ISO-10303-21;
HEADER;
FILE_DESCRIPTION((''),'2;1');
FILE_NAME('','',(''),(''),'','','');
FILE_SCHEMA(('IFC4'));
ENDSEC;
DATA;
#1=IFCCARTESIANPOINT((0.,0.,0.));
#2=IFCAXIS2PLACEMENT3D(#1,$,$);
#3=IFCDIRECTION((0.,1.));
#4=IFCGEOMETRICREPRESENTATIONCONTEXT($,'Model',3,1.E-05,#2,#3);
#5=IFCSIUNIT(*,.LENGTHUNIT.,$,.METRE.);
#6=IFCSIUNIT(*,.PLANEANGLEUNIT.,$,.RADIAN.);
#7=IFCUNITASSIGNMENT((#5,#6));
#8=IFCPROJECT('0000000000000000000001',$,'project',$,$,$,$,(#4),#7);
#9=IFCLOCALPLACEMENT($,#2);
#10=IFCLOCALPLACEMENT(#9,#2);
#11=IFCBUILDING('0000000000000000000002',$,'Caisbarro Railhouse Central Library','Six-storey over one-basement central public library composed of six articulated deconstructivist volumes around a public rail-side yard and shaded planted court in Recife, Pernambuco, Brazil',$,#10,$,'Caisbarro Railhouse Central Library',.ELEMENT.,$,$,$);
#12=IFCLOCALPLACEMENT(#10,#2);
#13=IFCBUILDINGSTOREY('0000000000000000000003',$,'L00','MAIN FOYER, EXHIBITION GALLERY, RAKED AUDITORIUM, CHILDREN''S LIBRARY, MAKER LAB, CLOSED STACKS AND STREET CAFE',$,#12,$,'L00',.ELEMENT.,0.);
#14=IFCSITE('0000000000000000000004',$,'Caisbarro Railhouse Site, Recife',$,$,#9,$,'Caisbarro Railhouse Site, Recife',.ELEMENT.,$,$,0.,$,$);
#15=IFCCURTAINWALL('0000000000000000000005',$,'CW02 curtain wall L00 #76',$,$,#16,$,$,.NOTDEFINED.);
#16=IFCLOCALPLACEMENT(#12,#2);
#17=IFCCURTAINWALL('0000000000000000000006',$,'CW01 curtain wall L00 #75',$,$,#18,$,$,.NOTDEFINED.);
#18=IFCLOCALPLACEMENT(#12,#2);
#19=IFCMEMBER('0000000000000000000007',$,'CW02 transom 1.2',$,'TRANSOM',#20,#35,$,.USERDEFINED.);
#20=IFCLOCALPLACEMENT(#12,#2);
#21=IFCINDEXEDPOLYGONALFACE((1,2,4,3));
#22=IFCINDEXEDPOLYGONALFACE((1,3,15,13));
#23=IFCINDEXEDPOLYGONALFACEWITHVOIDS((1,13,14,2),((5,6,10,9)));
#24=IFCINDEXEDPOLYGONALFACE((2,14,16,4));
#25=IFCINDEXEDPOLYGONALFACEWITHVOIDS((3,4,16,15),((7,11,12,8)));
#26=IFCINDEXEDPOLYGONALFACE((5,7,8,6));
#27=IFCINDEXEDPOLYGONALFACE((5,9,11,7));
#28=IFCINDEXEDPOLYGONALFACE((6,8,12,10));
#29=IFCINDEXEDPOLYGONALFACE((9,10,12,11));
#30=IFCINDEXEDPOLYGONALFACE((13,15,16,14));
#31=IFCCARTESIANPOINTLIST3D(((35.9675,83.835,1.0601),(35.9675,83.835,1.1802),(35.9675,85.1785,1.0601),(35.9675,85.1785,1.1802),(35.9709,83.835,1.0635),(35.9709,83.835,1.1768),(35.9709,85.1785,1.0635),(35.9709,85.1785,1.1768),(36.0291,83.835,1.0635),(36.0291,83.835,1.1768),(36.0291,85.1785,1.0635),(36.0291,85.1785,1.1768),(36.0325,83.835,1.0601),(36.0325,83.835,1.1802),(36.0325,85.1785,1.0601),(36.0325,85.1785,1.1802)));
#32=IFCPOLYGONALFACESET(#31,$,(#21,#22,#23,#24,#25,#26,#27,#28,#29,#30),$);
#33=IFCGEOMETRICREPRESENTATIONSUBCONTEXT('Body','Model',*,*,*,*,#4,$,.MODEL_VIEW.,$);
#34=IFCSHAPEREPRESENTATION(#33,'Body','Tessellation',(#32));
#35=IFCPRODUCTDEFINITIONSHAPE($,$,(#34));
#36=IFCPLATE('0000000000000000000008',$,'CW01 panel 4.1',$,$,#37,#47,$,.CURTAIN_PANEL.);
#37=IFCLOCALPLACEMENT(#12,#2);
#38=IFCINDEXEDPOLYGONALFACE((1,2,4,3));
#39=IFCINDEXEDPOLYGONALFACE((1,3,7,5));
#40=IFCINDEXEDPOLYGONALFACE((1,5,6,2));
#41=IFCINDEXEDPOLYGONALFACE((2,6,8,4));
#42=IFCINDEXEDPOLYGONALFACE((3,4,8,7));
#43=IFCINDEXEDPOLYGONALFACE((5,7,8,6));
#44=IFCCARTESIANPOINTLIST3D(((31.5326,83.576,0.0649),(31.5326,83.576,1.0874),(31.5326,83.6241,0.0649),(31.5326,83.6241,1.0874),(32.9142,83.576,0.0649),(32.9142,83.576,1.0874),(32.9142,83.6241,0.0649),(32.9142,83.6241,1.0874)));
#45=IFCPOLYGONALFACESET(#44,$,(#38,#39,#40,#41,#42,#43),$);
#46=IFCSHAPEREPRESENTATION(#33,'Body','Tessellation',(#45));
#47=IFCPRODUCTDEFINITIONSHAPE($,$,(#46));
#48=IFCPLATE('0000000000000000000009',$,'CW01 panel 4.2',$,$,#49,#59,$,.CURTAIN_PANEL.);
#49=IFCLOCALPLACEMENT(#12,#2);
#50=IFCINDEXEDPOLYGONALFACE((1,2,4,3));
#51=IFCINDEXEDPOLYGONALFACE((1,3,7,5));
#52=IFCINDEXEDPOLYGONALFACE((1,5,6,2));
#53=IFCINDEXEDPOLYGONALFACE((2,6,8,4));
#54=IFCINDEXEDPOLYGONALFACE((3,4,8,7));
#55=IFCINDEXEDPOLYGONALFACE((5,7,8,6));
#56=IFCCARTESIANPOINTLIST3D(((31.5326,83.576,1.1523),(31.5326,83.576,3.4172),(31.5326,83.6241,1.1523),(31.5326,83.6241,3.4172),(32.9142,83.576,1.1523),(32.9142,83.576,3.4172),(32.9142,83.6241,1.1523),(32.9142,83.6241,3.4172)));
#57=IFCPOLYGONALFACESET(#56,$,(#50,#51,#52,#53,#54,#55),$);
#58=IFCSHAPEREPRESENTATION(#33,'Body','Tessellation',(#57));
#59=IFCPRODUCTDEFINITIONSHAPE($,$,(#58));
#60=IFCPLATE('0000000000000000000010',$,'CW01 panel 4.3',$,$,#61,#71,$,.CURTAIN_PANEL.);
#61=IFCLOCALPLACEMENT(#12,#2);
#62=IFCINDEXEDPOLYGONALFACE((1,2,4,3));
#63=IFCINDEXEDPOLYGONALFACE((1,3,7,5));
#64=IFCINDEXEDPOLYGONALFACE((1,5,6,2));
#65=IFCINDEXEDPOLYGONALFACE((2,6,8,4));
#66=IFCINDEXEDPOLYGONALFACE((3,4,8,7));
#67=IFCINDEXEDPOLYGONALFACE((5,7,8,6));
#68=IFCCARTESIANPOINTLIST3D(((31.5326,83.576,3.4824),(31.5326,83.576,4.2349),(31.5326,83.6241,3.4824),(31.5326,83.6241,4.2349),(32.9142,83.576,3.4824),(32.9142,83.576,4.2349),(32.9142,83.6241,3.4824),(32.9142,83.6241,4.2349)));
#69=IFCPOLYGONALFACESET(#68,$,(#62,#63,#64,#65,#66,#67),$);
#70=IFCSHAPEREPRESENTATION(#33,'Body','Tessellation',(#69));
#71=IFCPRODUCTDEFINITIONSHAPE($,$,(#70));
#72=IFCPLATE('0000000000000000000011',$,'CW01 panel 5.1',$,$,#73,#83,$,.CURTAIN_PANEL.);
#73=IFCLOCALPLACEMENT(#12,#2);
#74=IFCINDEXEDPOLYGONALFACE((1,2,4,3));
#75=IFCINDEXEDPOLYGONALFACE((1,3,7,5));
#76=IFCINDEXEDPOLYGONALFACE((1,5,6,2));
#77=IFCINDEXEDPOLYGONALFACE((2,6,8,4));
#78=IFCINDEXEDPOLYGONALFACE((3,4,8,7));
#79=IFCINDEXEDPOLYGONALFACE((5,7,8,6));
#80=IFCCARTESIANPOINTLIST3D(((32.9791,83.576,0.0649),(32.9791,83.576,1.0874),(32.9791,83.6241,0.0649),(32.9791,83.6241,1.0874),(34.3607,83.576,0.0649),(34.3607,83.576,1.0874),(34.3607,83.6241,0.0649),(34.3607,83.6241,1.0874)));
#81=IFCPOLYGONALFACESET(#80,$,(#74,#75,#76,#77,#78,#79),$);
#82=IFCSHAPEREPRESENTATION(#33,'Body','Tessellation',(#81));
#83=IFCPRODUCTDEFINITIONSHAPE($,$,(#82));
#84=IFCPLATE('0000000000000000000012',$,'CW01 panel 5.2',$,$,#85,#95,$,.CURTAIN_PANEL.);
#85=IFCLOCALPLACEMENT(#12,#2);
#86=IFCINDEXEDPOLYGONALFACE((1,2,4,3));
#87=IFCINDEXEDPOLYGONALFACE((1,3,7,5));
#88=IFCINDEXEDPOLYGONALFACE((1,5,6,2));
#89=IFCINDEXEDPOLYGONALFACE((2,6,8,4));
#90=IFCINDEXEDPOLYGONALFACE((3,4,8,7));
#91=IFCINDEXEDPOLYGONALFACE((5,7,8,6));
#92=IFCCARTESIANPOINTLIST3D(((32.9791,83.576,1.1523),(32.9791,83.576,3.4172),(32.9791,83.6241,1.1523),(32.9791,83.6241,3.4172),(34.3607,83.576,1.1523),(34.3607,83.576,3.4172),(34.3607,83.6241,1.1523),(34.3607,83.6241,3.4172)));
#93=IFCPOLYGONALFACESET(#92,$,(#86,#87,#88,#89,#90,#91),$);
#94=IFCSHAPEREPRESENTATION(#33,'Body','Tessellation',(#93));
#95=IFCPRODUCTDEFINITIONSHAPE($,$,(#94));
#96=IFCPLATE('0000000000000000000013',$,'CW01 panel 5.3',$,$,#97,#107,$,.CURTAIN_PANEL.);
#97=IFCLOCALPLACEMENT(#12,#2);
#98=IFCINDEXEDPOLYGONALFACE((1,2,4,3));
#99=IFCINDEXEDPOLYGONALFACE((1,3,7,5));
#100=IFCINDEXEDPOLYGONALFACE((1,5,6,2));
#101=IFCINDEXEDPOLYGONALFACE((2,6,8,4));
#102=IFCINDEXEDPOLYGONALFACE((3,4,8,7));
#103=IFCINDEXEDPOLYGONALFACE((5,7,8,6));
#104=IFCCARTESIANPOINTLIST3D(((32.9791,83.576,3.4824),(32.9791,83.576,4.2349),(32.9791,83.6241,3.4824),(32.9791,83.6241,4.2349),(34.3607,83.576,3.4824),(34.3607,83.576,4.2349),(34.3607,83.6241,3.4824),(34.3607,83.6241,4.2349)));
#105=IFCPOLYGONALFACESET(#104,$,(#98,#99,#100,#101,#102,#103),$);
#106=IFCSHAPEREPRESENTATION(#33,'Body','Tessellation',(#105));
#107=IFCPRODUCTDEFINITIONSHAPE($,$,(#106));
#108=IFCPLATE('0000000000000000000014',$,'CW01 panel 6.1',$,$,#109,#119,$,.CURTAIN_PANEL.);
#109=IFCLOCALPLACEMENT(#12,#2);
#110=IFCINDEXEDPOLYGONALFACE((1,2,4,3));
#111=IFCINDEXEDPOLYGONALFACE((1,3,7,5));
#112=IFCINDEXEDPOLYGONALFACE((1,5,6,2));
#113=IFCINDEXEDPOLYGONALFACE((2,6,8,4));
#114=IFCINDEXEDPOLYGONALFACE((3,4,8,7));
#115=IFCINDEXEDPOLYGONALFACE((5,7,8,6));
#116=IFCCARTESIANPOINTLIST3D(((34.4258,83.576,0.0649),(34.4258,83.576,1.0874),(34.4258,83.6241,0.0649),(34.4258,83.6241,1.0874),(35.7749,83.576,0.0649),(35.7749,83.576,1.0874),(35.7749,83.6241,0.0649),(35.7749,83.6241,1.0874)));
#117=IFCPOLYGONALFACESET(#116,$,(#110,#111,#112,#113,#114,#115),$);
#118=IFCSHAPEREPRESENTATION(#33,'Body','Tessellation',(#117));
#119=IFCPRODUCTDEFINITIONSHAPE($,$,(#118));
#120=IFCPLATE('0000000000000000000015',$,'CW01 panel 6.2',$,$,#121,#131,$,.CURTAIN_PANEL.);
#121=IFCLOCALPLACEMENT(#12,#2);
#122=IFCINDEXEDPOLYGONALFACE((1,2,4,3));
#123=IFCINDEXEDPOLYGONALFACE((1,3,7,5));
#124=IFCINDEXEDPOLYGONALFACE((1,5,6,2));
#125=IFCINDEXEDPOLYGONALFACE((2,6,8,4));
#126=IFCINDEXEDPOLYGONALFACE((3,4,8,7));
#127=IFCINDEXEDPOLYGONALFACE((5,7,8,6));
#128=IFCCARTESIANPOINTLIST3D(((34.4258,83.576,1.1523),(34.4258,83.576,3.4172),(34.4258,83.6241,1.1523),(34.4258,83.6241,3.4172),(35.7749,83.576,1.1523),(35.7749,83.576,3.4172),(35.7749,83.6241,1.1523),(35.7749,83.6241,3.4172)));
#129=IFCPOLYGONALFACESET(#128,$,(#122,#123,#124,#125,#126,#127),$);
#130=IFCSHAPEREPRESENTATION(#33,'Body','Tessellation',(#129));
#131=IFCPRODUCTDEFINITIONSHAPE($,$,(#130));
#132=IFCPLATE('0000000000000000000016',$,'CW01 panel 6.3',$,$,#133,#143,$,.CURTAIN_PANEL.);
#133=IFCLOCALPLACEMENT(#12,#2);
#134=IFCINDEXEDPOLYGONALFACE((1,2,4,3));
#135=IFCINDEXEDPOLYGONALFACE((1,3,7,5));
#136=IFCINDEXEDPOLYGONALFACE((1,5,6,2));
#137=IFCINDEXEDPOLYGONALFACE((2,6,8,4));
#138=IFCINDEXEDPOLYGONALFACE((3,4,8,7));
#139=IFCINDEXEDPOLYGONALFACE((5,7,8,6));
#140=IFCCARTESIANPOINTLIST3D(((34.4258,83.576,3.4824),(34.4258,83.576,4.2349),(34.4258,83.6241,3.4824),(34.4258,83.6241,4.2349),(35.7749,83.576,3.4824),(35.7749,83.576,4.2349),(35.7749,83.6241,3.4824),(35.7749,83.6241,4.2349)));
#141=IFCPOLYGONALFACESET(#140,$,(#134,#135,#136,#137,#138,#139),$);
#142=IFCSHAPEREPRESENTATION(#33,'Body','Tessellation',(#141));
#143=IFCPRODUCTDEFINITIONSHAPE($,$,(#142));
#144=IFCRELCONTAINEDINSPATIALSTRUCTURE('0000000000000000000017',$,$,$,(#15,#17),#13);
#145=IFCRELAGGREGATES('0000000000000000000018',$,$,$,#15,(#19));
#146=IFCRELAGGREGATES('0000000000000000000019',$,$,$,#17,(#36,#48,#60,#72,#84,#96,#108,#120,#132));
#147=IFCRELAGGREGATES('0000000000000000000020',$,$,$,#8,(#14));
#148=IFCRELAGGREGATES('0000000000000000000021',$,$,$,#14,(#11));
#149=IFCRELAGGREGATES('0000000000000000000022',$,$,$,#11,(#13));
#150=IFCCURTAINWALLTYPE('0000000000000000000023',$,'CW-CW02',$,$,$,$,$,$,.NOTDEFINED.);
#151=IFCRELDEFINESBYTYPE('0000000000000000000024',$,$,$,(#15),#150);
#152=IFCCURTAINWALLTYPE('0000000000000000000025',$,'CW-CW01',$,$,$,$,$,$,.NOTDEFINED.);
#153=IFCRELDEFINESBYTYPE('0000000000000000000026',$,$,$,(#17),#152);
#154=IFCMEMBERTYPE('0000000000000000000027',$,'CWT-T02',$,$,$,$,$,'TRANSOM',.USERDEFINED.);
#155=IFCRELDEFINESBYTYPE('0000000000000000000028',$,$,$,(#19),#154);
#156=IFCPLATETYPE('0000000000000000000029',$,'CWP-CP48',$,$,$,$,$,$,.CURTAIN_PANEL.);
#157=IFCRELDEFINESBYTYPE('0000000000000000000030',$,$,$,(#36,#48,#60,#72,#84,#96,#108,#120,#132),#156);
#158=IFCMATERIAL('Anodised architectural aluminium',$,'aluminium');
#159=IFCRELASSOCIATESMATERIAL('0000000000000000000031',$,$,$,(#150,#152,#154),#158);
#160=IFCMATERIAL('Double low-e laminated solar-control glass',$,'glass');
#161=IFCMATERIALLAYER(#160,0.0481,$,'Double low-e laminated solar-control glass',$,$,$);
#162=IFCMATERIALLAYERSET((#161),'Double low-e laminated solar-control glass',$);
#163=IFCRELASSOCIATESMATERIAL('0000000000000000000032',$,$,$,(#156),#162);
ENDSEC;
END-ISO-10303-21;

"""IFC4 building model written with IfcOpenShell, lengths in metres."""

from ifc_helpers import new_model, si_unit, direction, frame, origin, origin_2d, place, context, subcontext, project, spatial, rectangle, hollow_rectangle, extrude, material, layer, layer_set, material_profile, profile_set, type_object, element, aggregate, save


model = new_model("IFC4")

# Units and contexts
model_context = context("Model", 3, precision=1e-05, world=origin(), true_north=direction((0.0, 1.0)))
body_context = subcontext(model_context, "Body", "Model", "MODEL_VIEW")
ifc_project = project(units=[si_unit("LENGTHUNIT", "METRE"), si_unit("PLANEANGLEUNIT", "RADIAN")], contexts=[model_context])

# Site, building, storey
site_placement = place(None, origin())
site = spatial("IfcSite", under=ifc_project, at=site_placement, Name="Caisbarro Railhouse Site, Recife", LongName="Caisbarro Railhouse Site, Recife", CompositionType="ELEMENT", RefElevation=0.0)
building_placement = place(site_placement, origin())
building = spatial("IfcBuilding", under=site, at=building_placement, Name="Caisbarro Railhouse Central Library", Description="Six-storey over one-basement central public library composed of six articulated deconstructivist volumes around a public rail-side yard and shaded planted court in Recife, Pernambuco, Brazil", LongName="Caisbarro Railhouse Central Library", CompositionType="ELEMENT")
storey_placement = place(building_placement, origin())
storey = spatial("IfcBuildingStorey", under=building, at=storey_placement, Name="L00", Description="MAIN FOYER, EXHIBITION GALLERY, RAKED AUDITORIUM, CHILDREN'S LIBRARY, MAKER LAB, CLOSED STACKS AND STREET CAFE", LongName="L00", CompositionType="ELEMENT", Elevation=0.0)

# Curtain wall
ifc_material_1 = material(Name="Anodised architectural aluminium", Category="aluminium")
curtain_wall_type_1 = type_object("IfcCurtainWallType", Name="CW-CW02", PredefinedType="NOTDEFINED", material=ifc_material_1)
curtain_wall_1_placement = place(storey_placement, origin())
curtain_wall_1 = element("IfcCurtainWall", 1, at=curtain_wall_1_placement, inside=storey, type_object=curtain_wall_type_1, Name="CW02 curtain wall L00 #76", PredefinedType="NOTDEFINED")

# Curtain wall
curtain_wall_type_2 = type_object("IfcCurtainWallType", Name="CW-CW01", PredefinedType="NOTDEFINED", material=ifc_material_1)
curtain_wall_2_placement = place(storey_placement, origin())
curtain_wall_2 = element("IfcCurtainWall", 2, at=curtain_wall_2_placement, inside=storey, type_object=curtain_wall_type_2, Name="CW01 curtain wall L00 #75", PredefinedType="NOTDEFINED")
ifc_material_profile_1 = material_profile(ifc_material_1, hollow_rectangle(XDim=0.0649, YDim=0.1201, WallThickness=0.0034, at=origin_2d()), Name="ALU-TRN-65X120")
ifc_profile_set_1 = profile_set([ifc_material_profile_1], Name="Anodised architectural aluminium")
member_type_1 = type_object("IfcMemberType", Name="CWT-T02", ElementType="TRANSOM", PredefinedType="USERDEFINED", material=ifc_profile_set_1)

# Member
member_1_placement = place(storey_placement, frame((36.0, 83.835, 1.1201), z_axis=(0.0, 1.0, 0.0), x_axis=(-1.0, 0.0, 0.0)))
member_1 = element("IfcMember", 3, at=member_1_placement, type_object=member_type_1, Name="CW02 transom 1.2", ObjectType="TRANSOM", PredefinedType="USERDEFINED", context=body_context, shape_type="SweptSolid", body=[
    extrude(hollow_rectangle(XDim=0.0649, YDim=0.1201, WallThickness=0.0034, at=origin_2d()), origin(), (0.0, 0.0, 1.0), 1.3435),
])
aggregate(curtain_wall_1, [member_1])

# Plates
ifc_material_2 = material(Name="Double low-e laminated solar-control glass", Category="glass")
ifc_layer = layer(ifc_material_2, 0.0481, Name="Double low-e laminated solar-control glass")
ifc_layer_set = layer_set([ifc_layer], Name="Double low-e laminated solar-control glass")
plate_type = type_object("IfcPlateType", Name="CWP-CP48", PredefinedType="CURTAIN_PANEL", material=ifc_layer_set)
plate_1_placement = place(storey_placement, frame((32.2234, 83.6001, 0.0649), z_axis=(0.0, 0.0, 1.0), x_axis=(1.0, 0.0, 0.0)))
plate_1 = element("IfcPlate", 4, at=plate_1_placement, type_object=plate_type, Name="CW01 panel 4.1", PredefinedType="CURTAIN_PANEL", context=body_context, shape_type="SweptSolid", body=[
    extrude(rectangle(XDim=1.3816, YDim=0.0481, at=origin_2d()), origin(), (0.0, 0.0, 1.0), 1.0225),
])
plate_2_placement = place(storey_placement, frame((32.2234, 83.6001, 1.1523), z_axis=(0.0, 0.0, 1.0), x_axis=(1.0, 0.0, 0.0)))
plate_2 = element("IfcPlate", 5, at=plate_2_placement, type_object=plate_type, Name="CW01 panel 4.2", PredefinedType="CURTAIN_PANEL", context=body_context, shape_type="SweptSolid", body=[
    extrude(rectangle(XDim=1.3816, YDim=0.0481, at=origin_2d()), origin(), (0.0, 0.0, 1.0), 2.2649),
])
plate_3_placement = place(storey_placement, frame((32.2234, 83.6001, 3.4824), z_axis=(0.0, 0.0, 1.0), x_axis=(1.0, 0.0, 0.0)))
plate_3 = element("IfcPlate", 6, at=plate_3_placement, type_object=plate_type, Name="CW01 panel 4.3", PredefinedType="CURTAIN_PANEL", context=body_context, shape_type="SweptSolid", body=[
    extrude(rectangle(XDim=1.3816, YDim=0.0481, at=origin_2d()), origin(), (0.0, 0.0, 1.0), 0.7524),
])
plate_4_placement = place(storey_placement, frame((33.6699, 83.6001, 0.0649), z_axis=(0.0, 0.0, 1.0), x_axis=(1.0, 0.0, 0.0)))
plate_4 = element("IfcPlate", 7, at=plate_4_placement, type_object=plate_type, Name="CW01 panel 5.1", PredefinedType="CURTAIN_PANEL", context=body_context, shape_type="SweptSolid", body=[
    extrude(rectangle(XDim=1.3816, YDim=0.0481, at=origin_2d()), origin(), (0.0, 0.0, 1.0), 1.0225),
])
plate_5_placement = place(storey_placement, frame((33.6699, 83.6001, 1.1523), z_axis=(0.0, 0.0, 1.0), x_axis=(1.0, 0.0, 0.0)))
plate_5 = element("IfcPlate", 8, at=plate_5_placement, type_object=plate_type, Name="CW01 panel 5.2", PredefinedType="CURTAIN_PANEL", context=body_context, shape_type="SweptSolid", body=[
    extrude(rectangle(XDim=1.3816, YDim=0.0481, at=origin_2d()), origin(), (0.0, 0.0, 1.0), 2.2649),
])
plate_6_placement = place(storey_placement, frame((33.6699, 83.6001, 3.4824), z_axis=(0.0, 0.0, 1.0), x_axis=(1.0, 0.0, 0.0)))
plate_6 = element("IfcPlate", 9, at=plate_6_placement, type_object=plate_type, Name="CW01 panel 5.3", PredefinedType="CURTAIN_PANEL", context=body_context, shape_type="SweptSolid", body=[
    extrude(rectangle(XDim=1.3816, YDim=0.0481, at=origin_2d()), origin(), (0.0, 0.0, 1.0), 0.7524),
])
plate_7_placement = place(storey_placement, frame((35.1003, 83.6001, 0.0649), z_axis=(0.0, 0.0, 1.0), x_axis=(1.0, 0.0, 0.0)))
plate_7 = element("IfcPlate", 10, at=plate_7_placement, type_object=plate_type, Name="CW01 panel 6.1", PredefinedType="CURTAIN_PANEL", context=body_context, shape_type="SweptSolid", body=[
    extrude(rectangle(XDim=1.3491, YDim=0.0481, at=origin_2d()), origin(), (0.0, 0.0, 1.0), 1.0225),
])
plate_8_placement = place(storey_placement, frame((35.1003, 83.6001, 1.1523), z_axis=(0.0, 0.0, 1.0), x_axis=(1.0, 0.0, 0.0)))
plate_8 = element("IfcPlate", 11, at=plate_8_placement, type_object=plate_type, Name="CW01 panel 6.2", PredefinedType="CURTAIN_PANEL", context=body_context, shape_type="SweptSolid", body=[
    extrude(rectangle(XDim=1.3491, YDim=0.0481, at=origin_2d()), origin(), (0.0, 0.0, 1.0), 2.2649),
])
plate_9_placement = place(storey_placement, frame((35.1003, 83.6001, 3.4824), z_axis=(0.0, 0.0, 1.0), x_axis=(1.0, 0.0, 0.0)))
plate_9 = element("IfcPlate", 12, at=plate_9_placement, type_object=plate_type, Name="CW01 panel 6.3", PredefinedType="CURTAIN_PANEL", context=body_context, shape_type="SweptSolid", body=[
    extrude(rectangle(XDim=1.3491, YDim=0.0481, at=origin_2d()), origin(), (0.0, 0.0, 1.0), 0.7524),
])
aggregate(curtain_wall_2, [plate_1, plate_2, plate_3, plate_4, plate_5, plate_6, plate_7, plate_8, plate_9])

save(model, "model.ifc")
